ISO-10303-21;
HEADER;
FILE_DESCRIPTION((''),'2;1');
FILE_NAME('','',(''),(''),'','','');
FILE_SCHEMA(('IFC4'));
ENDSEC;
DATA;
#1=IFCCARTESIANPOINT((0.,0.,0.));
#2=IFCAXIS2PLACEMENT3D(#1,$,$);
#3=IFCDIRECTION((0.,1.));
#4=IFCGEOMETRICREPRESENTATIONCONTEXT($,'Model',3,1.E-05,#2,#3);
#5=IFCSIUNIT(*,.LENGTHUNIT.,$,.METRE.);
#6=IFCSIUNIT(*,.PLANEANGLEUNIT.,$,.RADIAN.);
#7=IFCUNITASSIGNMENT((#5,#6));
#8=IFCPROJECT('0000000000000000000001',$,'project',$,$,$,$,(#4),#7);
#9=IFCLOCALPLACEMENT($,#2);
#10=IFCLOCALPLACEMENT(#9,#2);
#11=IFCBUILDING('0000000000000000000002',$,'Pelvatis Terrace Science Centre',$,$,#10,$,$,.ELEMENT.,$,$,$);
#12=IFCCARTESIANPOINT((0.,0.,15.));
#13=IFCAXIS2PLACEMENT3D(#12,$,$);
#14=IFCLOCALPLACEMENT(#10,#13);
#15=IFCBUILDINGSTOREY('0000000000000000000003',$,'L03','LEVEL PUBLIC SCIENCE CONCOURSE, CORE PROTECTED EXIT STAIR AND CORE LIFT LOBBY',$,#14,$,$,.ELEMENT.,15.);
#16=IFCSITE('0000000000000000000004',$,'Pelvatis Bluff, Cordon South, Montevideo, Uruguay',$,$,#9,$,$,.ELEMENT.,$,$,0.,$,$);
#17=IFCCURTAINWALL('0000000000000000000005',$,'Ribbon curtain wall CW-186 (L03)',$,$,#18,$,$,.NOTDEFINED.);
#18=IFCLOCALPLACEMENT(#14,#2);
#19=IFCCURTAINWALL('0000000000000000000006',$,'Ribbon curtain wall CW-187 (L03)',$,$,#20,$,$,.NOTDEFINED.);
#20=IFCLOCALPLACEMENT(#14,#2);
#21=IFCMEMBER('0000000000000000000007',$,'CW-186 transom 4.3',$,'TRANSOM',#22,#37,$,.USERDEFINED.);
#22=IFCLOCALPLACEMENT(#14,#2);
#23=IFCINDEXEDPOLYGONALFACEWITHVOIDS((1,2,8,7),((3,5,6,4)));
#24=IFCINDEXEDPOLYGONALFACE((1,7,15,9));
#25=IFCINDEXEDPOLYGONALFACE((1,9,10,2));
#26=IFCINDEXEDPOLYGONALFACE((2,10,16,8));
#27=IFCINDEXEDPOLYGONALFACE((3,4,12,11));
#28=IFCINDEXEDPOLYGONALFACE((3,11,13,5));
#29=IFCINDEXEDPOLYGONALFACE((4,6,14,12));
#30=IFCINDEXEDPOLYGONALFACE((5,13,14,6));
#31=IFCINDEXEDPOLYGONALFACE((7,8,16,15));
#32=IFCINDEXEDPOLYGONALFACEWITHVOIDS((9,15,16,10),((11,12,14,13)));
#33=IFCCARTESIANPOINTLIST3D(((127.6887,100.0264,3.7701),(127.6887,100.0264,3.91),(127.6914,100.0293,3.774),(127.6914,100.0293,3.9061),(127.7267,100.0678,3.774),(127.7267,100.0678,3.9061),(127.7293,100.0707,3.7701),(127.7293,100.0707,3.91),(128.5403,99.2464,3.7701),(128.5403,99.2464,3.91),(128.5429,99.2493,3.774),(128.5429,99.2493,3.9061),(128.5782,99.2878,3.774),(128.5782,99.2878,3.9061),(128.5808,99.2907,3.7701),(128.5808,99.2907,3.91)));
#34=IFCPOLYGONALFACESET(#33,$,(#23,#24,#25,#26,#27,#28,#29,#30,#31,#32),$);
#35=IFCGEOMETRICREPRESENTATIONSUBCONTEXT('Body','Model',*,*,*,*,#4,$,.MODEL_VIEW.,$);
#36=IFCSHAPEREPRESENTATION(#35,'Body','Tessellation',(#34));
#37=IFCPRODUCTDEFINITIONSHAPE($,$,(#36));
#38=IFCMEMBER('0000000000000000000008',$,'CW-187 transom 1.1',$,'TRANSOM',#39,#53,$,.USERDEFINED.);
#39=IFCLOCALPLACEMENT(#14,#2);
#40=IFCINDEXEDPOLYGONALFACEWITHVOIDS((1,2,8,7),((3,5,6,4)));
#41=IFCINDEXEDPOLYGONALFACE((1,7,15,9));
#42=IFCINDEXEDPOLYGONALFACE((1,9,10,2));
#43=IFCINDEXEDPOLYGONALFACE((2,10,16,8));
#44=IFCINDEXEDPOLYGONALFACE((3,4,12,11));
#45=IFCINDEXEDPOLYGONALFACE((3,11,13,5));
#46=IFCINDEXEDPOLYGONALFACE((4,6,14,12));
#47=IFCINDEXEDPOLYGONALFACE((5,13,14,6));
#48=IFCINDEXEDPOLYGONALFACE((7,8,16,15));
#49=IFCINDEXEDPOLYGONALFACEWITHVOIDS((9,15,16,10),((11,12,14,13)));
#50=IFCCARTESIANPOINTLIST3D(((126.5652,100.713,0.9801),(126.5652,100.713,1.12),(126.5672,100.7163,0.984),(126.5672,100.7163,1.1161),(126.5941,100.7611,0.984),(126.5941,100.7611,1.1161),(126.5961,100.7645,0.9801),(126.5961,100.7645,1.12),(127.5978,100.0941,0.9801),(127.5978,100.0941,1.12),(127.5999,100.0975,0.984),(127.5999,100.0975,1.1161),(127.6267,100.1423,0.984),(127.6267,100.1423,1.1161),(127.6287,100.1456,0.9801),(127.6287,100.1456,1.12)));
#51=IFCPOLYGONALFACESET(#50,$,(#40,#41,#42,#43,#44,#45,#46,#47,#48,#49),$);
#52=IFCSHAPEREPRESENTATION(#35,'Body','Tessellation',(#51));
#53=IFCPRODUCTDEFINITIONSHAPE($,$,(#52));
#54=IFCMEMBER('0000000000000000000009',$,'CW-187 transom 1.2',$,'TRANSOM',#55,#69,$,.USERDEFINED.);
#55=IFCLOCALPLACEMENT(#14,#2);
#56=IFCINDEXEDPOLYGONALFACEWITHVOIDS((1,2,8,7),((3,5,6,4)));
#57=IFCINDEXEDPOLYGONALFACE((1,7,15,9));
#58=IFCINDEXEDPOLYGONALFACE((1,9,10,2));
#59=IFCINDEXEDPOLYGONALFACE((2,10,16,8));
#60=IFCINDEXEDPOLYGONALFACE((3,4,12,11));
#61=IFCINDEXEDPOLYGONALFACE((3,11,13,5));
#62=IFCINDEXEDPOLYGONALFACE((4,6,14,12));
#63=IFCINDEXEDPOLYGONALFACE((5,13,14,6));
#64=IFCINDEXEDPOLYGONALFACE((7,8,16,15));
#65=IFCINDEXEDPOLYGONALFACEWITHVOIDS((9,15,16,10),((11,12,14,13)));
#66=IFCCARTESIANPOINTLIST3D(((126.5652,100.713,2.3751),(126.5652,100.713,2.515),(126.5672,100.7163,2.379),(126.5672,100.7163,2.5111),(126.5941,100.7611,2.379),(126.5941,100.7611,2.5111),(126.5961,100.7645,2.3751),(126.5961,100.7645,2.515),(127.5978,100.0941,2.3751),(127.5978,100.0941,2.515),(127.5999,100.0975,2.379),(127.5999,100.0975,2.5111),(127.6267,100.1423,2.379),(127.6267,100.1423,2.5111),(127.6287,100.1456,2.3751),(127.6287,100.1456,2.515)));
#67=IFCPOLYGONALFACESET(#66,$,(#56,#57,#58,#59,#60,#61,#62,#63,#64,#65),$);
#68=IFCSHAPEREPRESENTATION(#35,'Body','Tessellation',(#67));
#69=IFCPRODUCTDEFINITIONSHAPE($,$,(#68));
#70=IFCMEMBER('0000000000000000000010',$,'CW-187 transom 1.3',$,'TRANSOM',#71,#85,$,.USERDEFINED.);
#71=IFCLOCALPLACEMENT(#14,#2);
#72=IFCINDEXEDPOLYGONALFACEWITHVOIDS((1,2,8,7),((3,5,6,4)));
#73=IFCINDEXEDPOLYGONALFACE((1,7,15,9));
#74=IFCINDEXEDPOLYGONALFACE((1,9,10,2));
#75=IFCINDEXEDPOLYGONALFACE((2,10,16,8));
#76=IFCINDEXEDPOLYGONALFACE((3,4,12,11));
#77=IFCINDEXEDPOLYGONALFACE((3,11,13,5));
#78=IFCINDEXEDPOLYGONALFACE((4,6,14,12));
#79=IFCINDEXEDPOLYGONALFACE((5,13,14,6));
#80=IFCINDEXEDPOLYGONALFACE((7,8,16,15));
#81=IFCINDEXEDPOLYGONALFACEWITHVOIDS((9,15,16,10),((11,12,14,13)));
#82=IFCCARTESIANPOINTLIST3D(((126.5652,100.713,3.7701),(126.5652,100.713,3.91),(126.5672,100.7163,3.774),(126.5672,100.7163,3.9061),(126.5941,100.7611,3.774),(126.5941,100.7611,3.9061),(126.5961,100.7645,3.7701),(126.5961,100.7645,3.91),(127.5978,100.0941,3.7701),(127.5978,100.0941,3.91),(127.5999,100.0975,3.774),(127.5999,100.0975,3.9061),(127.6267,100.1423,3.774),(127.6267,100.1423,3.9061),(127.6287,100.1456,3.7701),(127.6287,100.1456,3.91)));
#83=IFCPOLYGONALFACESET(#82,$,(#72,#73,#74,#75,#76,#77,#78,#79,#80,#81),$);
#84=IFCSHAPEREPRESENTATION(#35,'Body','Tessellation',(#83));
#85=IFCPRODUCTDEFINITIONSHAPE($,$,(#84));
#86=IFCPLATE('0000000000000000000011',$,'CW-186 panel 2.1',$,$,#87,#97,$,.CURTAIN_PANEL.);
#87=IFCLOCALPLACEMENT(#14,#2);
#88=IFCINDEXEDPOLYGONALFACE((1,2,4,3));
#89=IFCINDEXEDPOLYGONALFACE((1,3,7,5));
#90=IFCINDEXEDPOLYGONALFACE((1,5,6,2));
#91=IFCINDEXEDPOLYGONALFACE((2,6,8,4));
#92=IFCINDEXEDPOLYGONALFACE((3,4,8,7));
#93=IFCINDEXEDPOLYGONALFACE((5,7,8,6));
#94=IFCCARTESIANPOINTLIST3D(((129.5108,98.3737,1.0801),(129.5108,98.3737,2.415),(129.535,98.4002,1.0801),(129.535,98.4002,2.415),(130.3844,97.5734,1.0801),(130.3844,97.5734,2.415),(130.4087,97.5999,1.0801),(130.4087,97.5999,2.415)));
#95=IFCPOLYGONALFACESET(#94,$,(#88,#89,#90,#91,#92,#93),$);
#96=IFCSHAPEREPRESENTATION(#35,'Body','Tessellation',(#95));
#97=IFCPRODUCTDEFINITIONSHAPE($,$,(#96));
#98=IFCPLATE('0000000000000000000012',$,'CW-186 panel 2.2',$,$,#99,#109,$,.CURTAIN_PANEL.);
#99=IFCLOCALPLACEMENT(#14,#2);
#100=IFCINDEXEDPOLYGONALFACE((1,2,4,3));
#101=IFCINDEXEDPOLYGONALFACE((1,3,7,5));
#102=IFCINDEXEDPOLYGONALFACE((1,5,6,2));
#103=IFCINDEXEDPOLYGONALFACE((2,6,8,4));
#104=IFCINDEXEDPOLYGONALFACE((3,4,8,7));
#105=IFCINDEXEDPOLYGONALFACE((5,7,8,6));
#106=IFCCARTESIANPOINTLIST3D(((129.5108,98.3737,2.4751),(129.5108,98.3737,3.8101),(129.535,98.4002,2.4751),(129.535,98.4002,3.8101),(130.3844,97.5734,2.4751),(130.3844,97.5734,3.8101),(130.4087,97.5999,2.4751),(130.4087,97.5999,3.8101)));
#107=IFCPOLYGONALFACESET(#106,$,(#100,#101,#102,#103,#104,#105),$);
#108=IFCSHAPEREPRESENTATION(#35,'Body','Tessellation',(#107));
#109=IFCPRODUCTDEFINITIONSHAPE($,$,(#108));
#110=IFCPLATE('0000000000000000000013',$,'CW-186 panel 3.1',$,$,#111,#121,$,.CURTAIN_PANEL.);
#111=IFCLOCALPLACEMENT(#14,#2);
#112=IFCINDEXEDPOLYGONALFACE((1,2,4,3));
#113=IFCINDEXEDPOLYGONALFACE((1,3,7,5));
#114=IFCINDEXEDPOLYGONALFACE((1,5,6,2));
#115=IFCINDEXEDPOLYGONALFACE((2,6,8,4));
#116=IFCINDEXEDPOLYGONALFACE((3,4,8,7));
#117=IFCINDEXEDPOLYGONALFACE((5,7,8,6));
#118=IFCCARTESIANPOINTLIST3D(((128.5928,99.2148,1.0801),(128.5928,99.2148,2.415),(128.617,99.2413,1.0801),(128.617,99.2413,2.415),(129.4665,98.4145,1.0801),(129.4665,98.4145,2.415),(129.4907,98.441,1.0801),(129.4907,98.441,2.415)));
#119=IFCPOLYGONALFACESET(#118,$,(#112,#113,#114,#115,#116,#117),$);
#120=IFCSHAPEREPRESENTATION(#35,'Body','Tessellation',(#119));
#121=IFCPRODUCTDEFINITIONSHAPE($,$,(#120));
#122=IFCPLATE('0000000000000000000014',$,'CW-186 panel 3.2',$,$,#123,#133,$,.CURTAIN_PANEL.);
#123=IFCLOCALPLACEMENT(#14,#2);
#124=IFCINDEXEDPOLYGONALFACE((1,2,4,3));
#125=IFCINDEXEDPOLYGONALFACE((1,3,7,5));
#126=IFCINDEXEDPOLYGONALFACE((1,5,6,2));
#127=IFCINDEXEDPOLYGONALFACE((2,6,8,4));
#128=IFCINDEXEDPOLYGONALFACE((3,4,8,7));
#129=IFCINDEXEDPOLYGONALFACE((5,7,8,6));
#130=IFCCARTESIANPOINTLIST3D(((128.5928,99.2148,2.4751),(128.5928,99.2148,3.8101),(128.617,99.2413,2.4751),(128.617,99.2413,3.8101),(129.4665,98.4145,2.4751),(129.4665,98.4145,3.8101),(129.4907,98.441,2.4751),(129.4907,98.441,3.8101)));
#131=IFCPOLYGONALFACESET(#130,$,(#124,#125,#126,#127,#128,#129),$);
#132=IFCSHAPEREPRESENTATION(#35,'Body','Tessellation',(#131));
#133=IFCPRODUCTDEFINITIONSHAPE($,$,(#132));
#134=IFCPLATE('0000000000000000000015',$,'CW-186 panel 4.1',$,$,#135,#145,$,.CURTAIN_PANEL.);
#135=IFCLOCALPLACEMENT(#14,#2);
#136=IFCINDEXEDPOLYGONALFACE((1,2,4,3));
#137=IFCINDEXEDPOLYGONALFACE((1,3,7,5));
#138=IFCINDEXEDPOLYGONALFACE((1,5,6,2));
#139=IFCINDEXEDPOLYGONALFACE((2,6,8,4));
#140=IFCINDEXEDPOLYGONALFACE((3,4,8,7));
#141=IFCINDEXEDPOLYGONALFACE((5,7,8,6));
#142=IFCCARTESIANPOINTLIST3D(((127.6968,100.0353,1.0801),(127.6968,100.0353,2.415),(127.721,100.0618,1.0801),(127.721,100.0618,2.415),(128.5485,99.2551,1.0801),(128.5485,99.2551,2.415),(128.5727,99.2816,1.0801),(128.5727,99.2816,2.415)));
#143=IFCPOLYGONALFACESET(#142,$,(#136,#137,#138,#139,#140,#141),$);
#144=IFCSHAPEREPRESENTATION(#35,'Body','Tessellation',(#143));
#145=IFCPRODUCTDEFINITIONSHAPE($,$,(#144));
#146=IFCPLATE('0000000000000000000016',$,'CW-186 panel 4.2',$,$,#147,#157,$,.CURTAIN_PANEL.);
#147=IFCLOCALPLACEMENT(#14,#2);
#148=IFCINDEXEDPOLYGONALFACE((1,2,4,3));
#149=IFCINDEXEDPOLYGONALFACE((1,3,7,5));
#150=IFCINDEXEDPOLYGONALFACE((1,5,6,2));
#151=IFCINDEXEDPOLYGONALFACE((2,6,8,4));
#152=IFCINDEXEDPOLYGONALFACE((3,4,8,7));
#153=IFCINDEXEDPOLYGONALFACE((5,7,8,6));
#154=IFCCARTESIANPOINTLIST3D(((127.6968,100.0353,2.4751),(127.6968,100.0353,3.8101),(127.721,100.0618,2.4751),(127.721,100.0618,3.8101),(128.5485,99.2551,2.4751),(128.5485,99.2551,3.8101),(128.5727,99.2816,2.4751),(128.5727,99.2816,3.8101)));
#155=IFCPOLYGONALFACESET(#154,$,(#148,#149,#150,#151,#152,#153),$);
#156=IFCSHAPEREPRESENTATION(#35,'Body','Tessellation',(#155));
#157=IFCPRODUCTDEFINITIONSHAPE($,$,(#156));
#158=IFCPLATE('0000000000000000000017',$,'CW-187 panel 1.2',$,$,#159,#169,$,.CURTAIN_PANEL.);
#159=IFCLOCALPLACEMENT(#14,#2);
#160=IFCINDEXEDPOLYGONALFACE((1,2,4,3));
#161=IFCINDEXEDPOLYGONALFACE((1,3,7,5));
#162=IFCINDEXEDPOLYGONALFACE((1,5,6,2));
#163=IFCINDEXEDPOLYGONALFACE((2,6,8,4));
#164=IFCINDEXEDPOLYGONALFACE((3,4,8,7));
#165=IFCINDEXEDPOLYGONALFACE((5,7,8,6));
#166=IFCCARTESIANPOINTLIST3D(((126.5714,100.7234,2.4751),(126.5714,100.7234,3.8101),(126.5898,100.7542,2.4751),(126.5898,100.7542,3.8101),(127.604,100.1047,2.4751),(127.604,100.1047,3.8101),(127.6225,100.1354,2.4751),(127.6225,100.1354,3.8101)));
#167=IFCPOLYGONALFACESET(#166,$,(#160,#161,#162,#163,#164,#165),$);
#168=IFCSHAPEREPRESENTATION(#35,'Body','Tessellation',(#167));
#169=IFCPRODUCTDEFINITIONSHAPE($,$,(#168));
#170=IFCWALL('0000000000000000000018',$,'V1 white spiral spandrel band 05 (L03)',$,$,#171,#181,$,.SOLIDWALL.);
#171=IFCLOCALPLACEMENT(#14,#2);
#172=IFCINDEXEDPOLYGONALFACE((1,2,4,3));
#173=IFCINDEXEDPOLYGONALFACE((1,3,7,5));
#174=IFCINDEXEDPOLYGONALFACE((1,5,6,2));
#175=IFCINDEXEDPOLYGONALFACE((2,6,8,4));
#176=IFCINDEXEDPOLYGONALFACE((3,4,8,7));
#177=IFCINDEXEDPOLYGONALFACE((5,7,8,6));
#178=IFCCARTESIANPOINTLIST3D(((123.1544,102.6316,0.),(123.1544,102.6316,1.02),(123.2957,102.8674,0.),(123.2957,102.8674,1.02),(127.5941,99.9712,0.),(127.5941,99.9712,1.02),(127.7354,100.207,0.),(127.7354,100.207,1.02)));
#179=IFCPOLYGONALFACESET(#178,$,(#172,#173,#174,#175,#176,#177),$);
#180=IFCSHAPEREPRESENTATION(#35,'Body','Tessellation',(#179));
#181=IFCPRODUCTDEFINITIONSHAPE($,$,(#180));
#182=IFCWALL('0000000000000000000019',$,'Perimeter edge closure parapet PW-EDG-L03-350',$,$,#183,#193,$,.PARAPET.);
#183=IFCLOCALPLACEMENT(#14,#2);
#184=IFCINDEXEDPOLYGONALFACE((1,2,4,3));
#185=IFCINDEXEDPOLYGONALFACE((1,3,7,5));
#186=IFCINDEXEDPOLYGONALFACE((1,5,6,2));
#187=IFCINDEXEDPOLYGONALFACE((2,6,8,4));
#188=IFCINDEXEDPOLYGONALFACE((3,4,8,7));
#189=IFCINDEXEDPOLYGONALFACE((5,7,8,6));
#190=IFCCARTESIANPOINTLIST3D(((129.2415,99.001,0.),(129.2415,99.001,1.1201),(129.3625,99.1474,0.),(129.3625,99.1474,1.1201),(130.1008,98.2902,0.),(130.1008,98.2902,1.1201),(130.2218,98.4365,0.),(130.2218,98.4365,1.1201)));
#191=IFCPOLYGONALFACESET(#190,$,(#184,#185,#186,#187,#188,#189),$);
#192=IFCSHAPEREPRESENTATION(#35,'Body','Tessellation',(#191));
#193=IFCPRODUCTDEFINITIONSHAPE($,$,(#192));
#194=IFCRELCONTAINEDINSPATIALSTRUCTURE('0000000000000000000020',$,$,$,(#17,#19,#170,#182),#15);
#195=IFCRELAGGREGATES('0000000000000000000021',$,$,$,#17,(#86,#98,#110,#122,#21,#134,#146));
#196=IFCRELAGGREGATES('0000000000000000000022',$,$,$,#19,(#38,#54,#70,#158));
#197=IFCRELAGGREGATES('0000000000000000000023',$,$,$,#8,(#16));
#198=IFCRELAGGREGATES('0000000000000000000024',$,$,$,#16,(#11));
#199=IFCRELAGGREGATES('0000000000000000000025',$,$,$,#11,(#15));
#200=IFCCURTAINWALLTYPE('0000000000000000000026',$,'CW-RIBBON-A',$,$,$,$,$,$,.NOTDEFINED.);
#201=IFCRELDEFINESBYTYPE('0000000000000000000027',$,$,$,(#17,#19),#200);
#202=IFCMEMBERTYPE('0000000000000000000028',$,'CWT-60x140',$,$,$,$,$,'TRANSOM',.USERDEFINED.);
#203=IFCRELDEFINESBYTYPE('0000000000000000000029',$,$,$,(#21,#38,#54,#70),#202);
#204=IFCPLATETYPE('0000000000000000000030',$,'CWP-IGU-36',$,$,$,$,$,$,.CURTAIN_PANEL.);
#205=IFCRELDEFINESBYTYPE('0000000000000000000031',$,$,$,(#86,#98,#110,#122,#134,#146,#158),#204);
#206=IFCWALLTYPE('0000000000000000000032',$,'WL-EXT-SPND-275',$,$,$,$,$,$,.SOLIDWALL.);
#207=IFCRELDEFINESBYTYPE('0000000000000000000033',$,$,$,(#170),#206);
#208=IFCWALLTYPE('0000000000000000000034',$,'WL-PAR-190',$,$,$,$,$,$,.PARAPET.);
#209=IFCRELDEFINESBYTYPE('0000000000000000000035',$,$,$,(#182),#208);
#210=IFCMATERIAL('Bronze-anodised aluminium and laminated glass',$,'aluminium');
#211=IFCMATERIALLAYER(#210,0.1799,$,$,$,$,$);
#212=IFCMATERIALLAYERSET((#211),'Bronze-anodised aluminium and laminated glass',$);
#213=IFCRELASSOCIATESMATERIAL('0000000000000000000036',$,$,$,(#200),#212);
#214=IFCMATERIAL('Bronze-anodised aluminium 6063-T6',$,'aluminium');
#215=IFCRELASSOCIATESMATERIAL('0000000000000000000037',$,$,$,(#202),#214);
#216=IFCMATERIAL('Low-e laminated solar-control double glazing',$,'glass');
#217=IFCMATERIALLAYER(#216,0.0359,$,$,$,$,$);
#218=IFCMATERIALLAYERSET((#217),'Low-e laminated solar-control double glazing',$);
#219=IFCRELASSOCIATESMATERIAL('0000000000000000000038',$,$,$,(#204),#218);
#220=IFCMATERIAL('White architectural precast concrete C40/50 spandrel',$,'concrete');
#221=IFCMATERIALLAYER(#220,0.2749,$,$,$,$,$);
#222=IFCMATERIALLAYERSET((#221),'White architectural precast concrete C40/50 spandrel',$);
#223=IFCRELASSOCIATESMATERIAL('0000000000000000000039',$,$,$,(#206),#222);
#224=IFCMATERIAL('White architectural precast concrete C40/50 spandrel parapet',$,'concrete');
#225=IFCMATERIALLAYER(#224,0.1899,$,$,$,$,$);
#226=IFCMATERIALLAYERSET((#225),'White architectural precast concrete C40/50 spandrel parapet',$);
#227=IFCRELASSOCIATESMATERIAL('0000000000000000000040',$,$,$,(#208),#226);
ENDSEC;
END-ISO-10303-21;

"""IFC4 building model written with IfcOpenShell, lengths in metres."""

from ifc_helpers import new_model, si_unit, direction, frame, frame_2d, origin, origin_2d, place, context, subcontext, project, spatial, rectangle, hollow_rectangle, extrude, material, layer, layer_set, material_profile, profile_set, type_object, element, aggregate, save


model = new_model("IFC4")

# Units and contexts
model_context = context("Model", 3, precision=1e-05, world=origin(), true_north=direction((0.0, 1.0)))
body_context = subcontext(model_context, "Body", "Model", "MODEL_VIEW")
ifc_project = project(units=[si_unit("LENGTHUNIT", "METRE"), si_unit("PLANEANGLEUNIT", "RADIAN")], contexts=[model_context])

# Site, building, storey
site_placement = place(None, origin())
site = spatial("IfcSite", under=ifc_project, at=site_placement, Name="Pelvatis Bluff, Cordon South, Montevideo, Uruguay", CompositionType="ELEMENT", RefElevation=0.0)
building_placement = place(site_placement, origin())
building = spatial("IfcBuilding", under=site, at=building_placement, Name="Pelvatis Terrace Science Centre", CompositionType="ELEMENT")
storey_placement = place(building_placement, frame((0.0, 0.0, 15.0)))
storey = spatial("IfcBuildingStorey", under=building, at=storey_placement, Name="L03", Description="LEVEL PUBLIC SCIENCE CONCOURSE, CORE PROTECTED EXIT STAIR AND CORE LIFT LOBBY", CompositionType="ELEMENT", Elevation=15.0)

# Curtain wall
ifc_material_1 = material(Name="Bronze-anodised aluminium and laminated glass", Category="aluminium")
ifc_layer_1 = layer(ifc_material_1, 0.1799)
ifc_layer_set_1 = layer_set([ifc_layer_1], Name="Bronze-anodised aluminium and laminated glass")
curtain_wall_type = type_object("IfcCurtainWallType", Name="CW-RIBBON-A", PredefinedType="NOTDEFINED", material=ifc_layer_set_1)
curtain_wall_1_placement = place(storey_placement, origin())
curtain_wall_1 = element("IfcCurtainWall", 1, at=curtain_wall_1_placement, inside=storey, type_object=curtain_wall_type, Name="Ribbon curtain wall CW-186 (L03)", PredefinedType="NOTDEFINED")

# Curtain wall
curtain_wall_2_placement = place(storey_placement, origin())
curtain_wall_2 = element("IfcCurtainWall", 2, at=curtain_wall_2_placement, inside=storey, type_object=curtain_wall_type, Name="Ribbon curtain wall CW-187 (L03)", PredefinedType="NOTDEFINED")

# Members
ifc_material_2 = material(Name="Bronze-anodised aluminium 6063-T6", Category="aluminium")
ifc_material_profile_1 = material_profile(ifc_material_2, hollow_rectangle(XDim=0.0601, YDim=0.1399, WallThickness=0.0039, at=origin_2d()), Name="ALU-TRN 60x140")
ifc_profile_set_1 = profile_set([ifc_material_profile_1], Name="Bronze-anodised aluminium 6063-T6")
member_type_1 = type_object("IfcMemberType", Name="CWT-60x140", ElementType="TRANSOM", PredefinedType="USERDEFINED", material=ifc_profile_set_1)
member_1_placement = place(storey_placement, frame((128.5605, 99.2686, 3.8401), z_axis=(-0.7374, 0.675457, 0.0), x_axis=(-0.675457, -0.7374, 0.0)))
member_1 = element("IfcMember", 3, at=member_1_placement, type_object=member_type_1, Name="CW-186 transom 4.3", ObjectType="TRANSOM", PredefinedType="USERDEFINED", context=body_context, shape_type="SweptSolid", body=[
    extrude(hollow_rectangle(XDim=0.0601, YDim=0.1399, WallThickness=0.0039, at=origin_2d()), origin(), (0.0, 0.0, 1.0), 1.1548),
])
member_2_placement = place(storey_placement, frame((127.6133, 100.1199, 1.05), z_axis=(-0.857761, 0.514048, 0.0), x_axis=(-0.514048, -0.857761, 0.0)))
member_2 = element("IfcMember", 4, at=member_2_placement, type_object=member_type_1, Name="CW-187 transom 1.1", ObjectType="TRANSOM", PredefinedType="USERDEFINED", context=body_context, shape_type="SweptSolid", body=[
    extrude(hollow_rectangle(XDim=0.0601, YDim=0.1399, WallThickness=0.0039, at=origin_2d()), origin(), (0.0, 0.0, 1.0), 1.2039),
])
member_3_placement = place(storey_placement, frame((127.6133, 100.1199, 2.4451), z_axis=(-0.857761, 0.514048, 0.0), x_axis=(-0.514048, -0.857761, 0.0)))
member_3 = element("IfcMember", 5, at=member_3_placement, type_object=member_type_1, Name="CW-187 transom 1.2", ObjectType="TRANSOM", PredefinedType="USERDEFINED", context=body_context, shape_type="SweptSolid", body=[
    extrude(hollow_rectangle(XDim=0.0601, YDim=0.1399, WallThickness=0.0039, at=origin_2d()), origin(), (0.0, 0.0, 1.0), 1.2039),
])
member_4_placement = place(storey_placement, frame((127.6133, 100.1199, 3.8401), z_axis=(-0.857761, 0.514048, 0.0), x_axis=(-0.514048, -0.857761, 0.0)))
member_4 = element("IfcMember", 6, at=member_4_placement, type_object=member_type_1, Name="CW-187 transom 1.3", ObjectType="TRANSOM", PredefinedType="USERDEFINED", context=body_context, shape_type="SweptSolid", body=[
    extrude(hollow_rectangle(XDim=0.0601, YDim=0.1399, WallThickness=0.0039, at=origin_2d()), origin(), (0.0, 0.0, 1.0), 1.2039),
])

# Plates
ifc_material_3 = material(Name="Low-e laminated solar-control double glazing", Category="glass")
ifc_layer_2 = layer(ifc_material_3, 0.0359)
ifc_layer_set_2 = layer_set([ifc_layer_2], Name="Low-e laminated solar-control double glazing")
plate_type = type_object("IfcPlateType", Name="CWP-IGU-36", PredefinedType="CURTAIN_PANEL", material=ifc_layer_set_2)
plate_1_placement = place(storey_placement, frame((129.9597, 97.9868, 1.0801), z_axis=(0.0, 0.0, 1.0), x_axis=(-0.737404, 0.675452, 0.0)))
plate_1 = element("IfcPlate", 7, at=plate_1_placement, type_object=plate_type, Name="CW-186 panel 2.1", PredefinedType="CURTAIN_PANEL", context=body_context, shape_type="SweptSolid", body=[
    extrude(rectangle(XDim=1.1848, YDim=0.0359, at=origin_2d()), origin(), (0.0, 0.0, 1.0), 1.335),
])
plate_2_placement = place(storey_placement, frame((129.9597, 97.9868, 2.4751), z_axis=(0.0, 0.0, 1.0), x_axis=(-0.737404, 0.675452, 0.0)))
plate_2 = element("IfcPlate", 8, at=plate_2_placement, type_object=plate_type, Name="CW-186 panel 2.2", PredefinedType="CURTAIN_PANEL", context=body_context, shape_type="SweptSolid", body=[
    extrude(rectangle(XDim=1.1848, YDim=0.0359, at=origin_2d()), origin(), (0.0, 0.0, 1.0), 1.335),
])
plate_3_placement = place(storey_placement, frame((129.0417, 98.8279, 1.0801), z_axis=(0.0, 0.0, 1.0), x_axis=(-0.737404, 0.675452, 0.0)))
plate_3 = element("IfcPlate", 9, at=plate_3_placement, type_object=plate_type, Name="CW-186 panel 3.1", PredefinedType="CURTAIN_PANEL", context=body_context, shape_type="SweptSolid", body=[
    extrude(rectangle(XDim=1.1848, YDim=0.0359, at=origin_2d()), origin(), (0.0, 0.0, 1.0), 1.335),
])
plate_4_placement = place(storey_placement, frame((129.0417, 98.8279, 2.4751), z_axis=(0.0, 0.0, 1.0), x_axis=(-0.737404, 0.675452, 0.0)))
plate_4 = element("IfcPlate", 10, at=plate_4_placement, type_object=plate_type, Name="CW-186 panel 3.2", PredefinedType="CURTAIN_PANEL", context=body_context, shape_type="SweptSolid", body=[
    extrude(rectangle(XDim=1.1848, YDim=0.0359, at=origin_2d()), origin(), (0.0, 0.0, 1.0), 1.335),
])
plate_5_placement = place(storey_placement, frame((128.1348, 99.6584, 1.0801), z_axis=(0.0, 0.0, 1.0), x_axis=(-0.737404, 0.675452, 0.0)))
plate_5 = element("IfcPlate", 11, at=plate_5_placement, type_object=plate_type, Name="CW-186 panel 4.1", PredefinedType="CURTAIN_PANEL", context=body_context, shape_type="SweptSolid", body=[
    extrude(rectangle(XDim=1.155, YDim=0.0359, at=origin_2d()), origin(), (0.0, 0.0, 1.0), 1.335),
])
plate_6_placement = place(storey_placement, frame((128.1348, 99.6584, 2.4751), z_axis=(0.0, 0.0, 1.0), x_axis=(-0.737404, 0.675452, 0.0)))
plate_6 = element("IfcPlate", 12, at=plate_6_placement, type_object=plate_type, Name="CW-186 panel 4.2", PredefinedType="CURTAIN_PANEL", context=body_context, shape_type="SweptSolid", body=[
    extrude(rectangle(XDim=1.155, YDim=0.0359, at=origin_2d()), origin(), (0.0, 0.0, 1.0), 1.335),
])
aggregate(curtain_wall_1, [plate_1, plate_2, plate_3, plate_4, member_1, plate_5, plate_6])
plate_7_placement = place(storey_placement, frame((127.0969, 100.4294, 2.4751), z_axis=(0.0, 0.0, 1.0), x_axis=(-0.857793, 0.513996, 0.0)))
plate_7 = element("IfcPlate", 13, at=plate_7_placement, type_object=plate_type, Name="CW-187 panel 1.2", PredefinedType="CURTAIN_PANEL", context=body_context, shape_type="SweptSolid", body=[
    extrude(rectangle(XDim=1.2039, YDim=0.0359, at=origin_2d()), origin(), (0.0, 0.0, 1.0), 1.335),
])
aggregate(curtain_wall_2, [member_2, member_3, member_4, plate_7])

# Walls
ifc_material_4 = material(Name="White architectural precast concrete C40/50 spandrel", Category="concrete")
ifc_layer_3 = layer(ifc_material_4, 0.2749)
ifc_layer_set_3 = layer_set([ifc_layer_3], Name="White architectural precast concrete C40/50 spandrel")
wall_type_1 = type_object("IfcWallType", Name="WL-EXT-SPND-275", PredefinedType="SOLIDWALL", material=ifc_layer_set_3)
wall_1_placement = place(storey_placement, frame((127.6648, 100.0891, 0.0), z_axis=(0.0, 0.0, 1.0), x_axis=(-0.857784, 0.51401, 0.0)))
element("IfcWall", 14, at=wall_1_placement, inside=storey, type_object=wall_type_1, Name="V1 white spiral spandrel band 05 (L03)", PredefinedType="SOLIDWALL", context=body_context, shape_type="SweptSolid", body=[
    extrude(rectangle(XDim=5.1758, YDim=0.2749, at=frame_2d((2.5879, 0.0))), origin(), (0.0, 0.0, 1.0), 1.02),
])
ifc_material_5 = material(Name="White architectural precast concrete C40/50 spandrel parapet", Category="concrete")
ifc_layer_4 = layer(ifc_material_5, 0.1899)
ifc_layer_set_4 = layer_set([ifc_layer_4], Name="White architectural precast concrete C40/50 spandrel parapet")
wall_type_2 = type_object("IfcWallType", Name="WL-PAR-190", PredefinedType="PARAPET", material=ifc_layer_set_4)
wall_2_placement = place(storey_placement, frame((129.302, 99.0742, 0.0), z_axis=(0.0, 0.0, 1.0), x_axis=(0.770513, -0.637424, 0.0)))
element("IfcWall", 15, at=wall_2_placement, inside=storey, type_object=wall_type_2, Name="Perimeter edge closure parapet PW-EDG-L03-350", PredefinedType="PARAPET", context=body_context, shape_type="SweptSolid", body=[
    extrude(rectangle(XDim=1.1152, YDim=0.1899, at=frame_2d((0.5576, 0.0))), origin(), (0.0, 0.0, 1.0), 1.1201),
])

save(model, "model.ifc")
